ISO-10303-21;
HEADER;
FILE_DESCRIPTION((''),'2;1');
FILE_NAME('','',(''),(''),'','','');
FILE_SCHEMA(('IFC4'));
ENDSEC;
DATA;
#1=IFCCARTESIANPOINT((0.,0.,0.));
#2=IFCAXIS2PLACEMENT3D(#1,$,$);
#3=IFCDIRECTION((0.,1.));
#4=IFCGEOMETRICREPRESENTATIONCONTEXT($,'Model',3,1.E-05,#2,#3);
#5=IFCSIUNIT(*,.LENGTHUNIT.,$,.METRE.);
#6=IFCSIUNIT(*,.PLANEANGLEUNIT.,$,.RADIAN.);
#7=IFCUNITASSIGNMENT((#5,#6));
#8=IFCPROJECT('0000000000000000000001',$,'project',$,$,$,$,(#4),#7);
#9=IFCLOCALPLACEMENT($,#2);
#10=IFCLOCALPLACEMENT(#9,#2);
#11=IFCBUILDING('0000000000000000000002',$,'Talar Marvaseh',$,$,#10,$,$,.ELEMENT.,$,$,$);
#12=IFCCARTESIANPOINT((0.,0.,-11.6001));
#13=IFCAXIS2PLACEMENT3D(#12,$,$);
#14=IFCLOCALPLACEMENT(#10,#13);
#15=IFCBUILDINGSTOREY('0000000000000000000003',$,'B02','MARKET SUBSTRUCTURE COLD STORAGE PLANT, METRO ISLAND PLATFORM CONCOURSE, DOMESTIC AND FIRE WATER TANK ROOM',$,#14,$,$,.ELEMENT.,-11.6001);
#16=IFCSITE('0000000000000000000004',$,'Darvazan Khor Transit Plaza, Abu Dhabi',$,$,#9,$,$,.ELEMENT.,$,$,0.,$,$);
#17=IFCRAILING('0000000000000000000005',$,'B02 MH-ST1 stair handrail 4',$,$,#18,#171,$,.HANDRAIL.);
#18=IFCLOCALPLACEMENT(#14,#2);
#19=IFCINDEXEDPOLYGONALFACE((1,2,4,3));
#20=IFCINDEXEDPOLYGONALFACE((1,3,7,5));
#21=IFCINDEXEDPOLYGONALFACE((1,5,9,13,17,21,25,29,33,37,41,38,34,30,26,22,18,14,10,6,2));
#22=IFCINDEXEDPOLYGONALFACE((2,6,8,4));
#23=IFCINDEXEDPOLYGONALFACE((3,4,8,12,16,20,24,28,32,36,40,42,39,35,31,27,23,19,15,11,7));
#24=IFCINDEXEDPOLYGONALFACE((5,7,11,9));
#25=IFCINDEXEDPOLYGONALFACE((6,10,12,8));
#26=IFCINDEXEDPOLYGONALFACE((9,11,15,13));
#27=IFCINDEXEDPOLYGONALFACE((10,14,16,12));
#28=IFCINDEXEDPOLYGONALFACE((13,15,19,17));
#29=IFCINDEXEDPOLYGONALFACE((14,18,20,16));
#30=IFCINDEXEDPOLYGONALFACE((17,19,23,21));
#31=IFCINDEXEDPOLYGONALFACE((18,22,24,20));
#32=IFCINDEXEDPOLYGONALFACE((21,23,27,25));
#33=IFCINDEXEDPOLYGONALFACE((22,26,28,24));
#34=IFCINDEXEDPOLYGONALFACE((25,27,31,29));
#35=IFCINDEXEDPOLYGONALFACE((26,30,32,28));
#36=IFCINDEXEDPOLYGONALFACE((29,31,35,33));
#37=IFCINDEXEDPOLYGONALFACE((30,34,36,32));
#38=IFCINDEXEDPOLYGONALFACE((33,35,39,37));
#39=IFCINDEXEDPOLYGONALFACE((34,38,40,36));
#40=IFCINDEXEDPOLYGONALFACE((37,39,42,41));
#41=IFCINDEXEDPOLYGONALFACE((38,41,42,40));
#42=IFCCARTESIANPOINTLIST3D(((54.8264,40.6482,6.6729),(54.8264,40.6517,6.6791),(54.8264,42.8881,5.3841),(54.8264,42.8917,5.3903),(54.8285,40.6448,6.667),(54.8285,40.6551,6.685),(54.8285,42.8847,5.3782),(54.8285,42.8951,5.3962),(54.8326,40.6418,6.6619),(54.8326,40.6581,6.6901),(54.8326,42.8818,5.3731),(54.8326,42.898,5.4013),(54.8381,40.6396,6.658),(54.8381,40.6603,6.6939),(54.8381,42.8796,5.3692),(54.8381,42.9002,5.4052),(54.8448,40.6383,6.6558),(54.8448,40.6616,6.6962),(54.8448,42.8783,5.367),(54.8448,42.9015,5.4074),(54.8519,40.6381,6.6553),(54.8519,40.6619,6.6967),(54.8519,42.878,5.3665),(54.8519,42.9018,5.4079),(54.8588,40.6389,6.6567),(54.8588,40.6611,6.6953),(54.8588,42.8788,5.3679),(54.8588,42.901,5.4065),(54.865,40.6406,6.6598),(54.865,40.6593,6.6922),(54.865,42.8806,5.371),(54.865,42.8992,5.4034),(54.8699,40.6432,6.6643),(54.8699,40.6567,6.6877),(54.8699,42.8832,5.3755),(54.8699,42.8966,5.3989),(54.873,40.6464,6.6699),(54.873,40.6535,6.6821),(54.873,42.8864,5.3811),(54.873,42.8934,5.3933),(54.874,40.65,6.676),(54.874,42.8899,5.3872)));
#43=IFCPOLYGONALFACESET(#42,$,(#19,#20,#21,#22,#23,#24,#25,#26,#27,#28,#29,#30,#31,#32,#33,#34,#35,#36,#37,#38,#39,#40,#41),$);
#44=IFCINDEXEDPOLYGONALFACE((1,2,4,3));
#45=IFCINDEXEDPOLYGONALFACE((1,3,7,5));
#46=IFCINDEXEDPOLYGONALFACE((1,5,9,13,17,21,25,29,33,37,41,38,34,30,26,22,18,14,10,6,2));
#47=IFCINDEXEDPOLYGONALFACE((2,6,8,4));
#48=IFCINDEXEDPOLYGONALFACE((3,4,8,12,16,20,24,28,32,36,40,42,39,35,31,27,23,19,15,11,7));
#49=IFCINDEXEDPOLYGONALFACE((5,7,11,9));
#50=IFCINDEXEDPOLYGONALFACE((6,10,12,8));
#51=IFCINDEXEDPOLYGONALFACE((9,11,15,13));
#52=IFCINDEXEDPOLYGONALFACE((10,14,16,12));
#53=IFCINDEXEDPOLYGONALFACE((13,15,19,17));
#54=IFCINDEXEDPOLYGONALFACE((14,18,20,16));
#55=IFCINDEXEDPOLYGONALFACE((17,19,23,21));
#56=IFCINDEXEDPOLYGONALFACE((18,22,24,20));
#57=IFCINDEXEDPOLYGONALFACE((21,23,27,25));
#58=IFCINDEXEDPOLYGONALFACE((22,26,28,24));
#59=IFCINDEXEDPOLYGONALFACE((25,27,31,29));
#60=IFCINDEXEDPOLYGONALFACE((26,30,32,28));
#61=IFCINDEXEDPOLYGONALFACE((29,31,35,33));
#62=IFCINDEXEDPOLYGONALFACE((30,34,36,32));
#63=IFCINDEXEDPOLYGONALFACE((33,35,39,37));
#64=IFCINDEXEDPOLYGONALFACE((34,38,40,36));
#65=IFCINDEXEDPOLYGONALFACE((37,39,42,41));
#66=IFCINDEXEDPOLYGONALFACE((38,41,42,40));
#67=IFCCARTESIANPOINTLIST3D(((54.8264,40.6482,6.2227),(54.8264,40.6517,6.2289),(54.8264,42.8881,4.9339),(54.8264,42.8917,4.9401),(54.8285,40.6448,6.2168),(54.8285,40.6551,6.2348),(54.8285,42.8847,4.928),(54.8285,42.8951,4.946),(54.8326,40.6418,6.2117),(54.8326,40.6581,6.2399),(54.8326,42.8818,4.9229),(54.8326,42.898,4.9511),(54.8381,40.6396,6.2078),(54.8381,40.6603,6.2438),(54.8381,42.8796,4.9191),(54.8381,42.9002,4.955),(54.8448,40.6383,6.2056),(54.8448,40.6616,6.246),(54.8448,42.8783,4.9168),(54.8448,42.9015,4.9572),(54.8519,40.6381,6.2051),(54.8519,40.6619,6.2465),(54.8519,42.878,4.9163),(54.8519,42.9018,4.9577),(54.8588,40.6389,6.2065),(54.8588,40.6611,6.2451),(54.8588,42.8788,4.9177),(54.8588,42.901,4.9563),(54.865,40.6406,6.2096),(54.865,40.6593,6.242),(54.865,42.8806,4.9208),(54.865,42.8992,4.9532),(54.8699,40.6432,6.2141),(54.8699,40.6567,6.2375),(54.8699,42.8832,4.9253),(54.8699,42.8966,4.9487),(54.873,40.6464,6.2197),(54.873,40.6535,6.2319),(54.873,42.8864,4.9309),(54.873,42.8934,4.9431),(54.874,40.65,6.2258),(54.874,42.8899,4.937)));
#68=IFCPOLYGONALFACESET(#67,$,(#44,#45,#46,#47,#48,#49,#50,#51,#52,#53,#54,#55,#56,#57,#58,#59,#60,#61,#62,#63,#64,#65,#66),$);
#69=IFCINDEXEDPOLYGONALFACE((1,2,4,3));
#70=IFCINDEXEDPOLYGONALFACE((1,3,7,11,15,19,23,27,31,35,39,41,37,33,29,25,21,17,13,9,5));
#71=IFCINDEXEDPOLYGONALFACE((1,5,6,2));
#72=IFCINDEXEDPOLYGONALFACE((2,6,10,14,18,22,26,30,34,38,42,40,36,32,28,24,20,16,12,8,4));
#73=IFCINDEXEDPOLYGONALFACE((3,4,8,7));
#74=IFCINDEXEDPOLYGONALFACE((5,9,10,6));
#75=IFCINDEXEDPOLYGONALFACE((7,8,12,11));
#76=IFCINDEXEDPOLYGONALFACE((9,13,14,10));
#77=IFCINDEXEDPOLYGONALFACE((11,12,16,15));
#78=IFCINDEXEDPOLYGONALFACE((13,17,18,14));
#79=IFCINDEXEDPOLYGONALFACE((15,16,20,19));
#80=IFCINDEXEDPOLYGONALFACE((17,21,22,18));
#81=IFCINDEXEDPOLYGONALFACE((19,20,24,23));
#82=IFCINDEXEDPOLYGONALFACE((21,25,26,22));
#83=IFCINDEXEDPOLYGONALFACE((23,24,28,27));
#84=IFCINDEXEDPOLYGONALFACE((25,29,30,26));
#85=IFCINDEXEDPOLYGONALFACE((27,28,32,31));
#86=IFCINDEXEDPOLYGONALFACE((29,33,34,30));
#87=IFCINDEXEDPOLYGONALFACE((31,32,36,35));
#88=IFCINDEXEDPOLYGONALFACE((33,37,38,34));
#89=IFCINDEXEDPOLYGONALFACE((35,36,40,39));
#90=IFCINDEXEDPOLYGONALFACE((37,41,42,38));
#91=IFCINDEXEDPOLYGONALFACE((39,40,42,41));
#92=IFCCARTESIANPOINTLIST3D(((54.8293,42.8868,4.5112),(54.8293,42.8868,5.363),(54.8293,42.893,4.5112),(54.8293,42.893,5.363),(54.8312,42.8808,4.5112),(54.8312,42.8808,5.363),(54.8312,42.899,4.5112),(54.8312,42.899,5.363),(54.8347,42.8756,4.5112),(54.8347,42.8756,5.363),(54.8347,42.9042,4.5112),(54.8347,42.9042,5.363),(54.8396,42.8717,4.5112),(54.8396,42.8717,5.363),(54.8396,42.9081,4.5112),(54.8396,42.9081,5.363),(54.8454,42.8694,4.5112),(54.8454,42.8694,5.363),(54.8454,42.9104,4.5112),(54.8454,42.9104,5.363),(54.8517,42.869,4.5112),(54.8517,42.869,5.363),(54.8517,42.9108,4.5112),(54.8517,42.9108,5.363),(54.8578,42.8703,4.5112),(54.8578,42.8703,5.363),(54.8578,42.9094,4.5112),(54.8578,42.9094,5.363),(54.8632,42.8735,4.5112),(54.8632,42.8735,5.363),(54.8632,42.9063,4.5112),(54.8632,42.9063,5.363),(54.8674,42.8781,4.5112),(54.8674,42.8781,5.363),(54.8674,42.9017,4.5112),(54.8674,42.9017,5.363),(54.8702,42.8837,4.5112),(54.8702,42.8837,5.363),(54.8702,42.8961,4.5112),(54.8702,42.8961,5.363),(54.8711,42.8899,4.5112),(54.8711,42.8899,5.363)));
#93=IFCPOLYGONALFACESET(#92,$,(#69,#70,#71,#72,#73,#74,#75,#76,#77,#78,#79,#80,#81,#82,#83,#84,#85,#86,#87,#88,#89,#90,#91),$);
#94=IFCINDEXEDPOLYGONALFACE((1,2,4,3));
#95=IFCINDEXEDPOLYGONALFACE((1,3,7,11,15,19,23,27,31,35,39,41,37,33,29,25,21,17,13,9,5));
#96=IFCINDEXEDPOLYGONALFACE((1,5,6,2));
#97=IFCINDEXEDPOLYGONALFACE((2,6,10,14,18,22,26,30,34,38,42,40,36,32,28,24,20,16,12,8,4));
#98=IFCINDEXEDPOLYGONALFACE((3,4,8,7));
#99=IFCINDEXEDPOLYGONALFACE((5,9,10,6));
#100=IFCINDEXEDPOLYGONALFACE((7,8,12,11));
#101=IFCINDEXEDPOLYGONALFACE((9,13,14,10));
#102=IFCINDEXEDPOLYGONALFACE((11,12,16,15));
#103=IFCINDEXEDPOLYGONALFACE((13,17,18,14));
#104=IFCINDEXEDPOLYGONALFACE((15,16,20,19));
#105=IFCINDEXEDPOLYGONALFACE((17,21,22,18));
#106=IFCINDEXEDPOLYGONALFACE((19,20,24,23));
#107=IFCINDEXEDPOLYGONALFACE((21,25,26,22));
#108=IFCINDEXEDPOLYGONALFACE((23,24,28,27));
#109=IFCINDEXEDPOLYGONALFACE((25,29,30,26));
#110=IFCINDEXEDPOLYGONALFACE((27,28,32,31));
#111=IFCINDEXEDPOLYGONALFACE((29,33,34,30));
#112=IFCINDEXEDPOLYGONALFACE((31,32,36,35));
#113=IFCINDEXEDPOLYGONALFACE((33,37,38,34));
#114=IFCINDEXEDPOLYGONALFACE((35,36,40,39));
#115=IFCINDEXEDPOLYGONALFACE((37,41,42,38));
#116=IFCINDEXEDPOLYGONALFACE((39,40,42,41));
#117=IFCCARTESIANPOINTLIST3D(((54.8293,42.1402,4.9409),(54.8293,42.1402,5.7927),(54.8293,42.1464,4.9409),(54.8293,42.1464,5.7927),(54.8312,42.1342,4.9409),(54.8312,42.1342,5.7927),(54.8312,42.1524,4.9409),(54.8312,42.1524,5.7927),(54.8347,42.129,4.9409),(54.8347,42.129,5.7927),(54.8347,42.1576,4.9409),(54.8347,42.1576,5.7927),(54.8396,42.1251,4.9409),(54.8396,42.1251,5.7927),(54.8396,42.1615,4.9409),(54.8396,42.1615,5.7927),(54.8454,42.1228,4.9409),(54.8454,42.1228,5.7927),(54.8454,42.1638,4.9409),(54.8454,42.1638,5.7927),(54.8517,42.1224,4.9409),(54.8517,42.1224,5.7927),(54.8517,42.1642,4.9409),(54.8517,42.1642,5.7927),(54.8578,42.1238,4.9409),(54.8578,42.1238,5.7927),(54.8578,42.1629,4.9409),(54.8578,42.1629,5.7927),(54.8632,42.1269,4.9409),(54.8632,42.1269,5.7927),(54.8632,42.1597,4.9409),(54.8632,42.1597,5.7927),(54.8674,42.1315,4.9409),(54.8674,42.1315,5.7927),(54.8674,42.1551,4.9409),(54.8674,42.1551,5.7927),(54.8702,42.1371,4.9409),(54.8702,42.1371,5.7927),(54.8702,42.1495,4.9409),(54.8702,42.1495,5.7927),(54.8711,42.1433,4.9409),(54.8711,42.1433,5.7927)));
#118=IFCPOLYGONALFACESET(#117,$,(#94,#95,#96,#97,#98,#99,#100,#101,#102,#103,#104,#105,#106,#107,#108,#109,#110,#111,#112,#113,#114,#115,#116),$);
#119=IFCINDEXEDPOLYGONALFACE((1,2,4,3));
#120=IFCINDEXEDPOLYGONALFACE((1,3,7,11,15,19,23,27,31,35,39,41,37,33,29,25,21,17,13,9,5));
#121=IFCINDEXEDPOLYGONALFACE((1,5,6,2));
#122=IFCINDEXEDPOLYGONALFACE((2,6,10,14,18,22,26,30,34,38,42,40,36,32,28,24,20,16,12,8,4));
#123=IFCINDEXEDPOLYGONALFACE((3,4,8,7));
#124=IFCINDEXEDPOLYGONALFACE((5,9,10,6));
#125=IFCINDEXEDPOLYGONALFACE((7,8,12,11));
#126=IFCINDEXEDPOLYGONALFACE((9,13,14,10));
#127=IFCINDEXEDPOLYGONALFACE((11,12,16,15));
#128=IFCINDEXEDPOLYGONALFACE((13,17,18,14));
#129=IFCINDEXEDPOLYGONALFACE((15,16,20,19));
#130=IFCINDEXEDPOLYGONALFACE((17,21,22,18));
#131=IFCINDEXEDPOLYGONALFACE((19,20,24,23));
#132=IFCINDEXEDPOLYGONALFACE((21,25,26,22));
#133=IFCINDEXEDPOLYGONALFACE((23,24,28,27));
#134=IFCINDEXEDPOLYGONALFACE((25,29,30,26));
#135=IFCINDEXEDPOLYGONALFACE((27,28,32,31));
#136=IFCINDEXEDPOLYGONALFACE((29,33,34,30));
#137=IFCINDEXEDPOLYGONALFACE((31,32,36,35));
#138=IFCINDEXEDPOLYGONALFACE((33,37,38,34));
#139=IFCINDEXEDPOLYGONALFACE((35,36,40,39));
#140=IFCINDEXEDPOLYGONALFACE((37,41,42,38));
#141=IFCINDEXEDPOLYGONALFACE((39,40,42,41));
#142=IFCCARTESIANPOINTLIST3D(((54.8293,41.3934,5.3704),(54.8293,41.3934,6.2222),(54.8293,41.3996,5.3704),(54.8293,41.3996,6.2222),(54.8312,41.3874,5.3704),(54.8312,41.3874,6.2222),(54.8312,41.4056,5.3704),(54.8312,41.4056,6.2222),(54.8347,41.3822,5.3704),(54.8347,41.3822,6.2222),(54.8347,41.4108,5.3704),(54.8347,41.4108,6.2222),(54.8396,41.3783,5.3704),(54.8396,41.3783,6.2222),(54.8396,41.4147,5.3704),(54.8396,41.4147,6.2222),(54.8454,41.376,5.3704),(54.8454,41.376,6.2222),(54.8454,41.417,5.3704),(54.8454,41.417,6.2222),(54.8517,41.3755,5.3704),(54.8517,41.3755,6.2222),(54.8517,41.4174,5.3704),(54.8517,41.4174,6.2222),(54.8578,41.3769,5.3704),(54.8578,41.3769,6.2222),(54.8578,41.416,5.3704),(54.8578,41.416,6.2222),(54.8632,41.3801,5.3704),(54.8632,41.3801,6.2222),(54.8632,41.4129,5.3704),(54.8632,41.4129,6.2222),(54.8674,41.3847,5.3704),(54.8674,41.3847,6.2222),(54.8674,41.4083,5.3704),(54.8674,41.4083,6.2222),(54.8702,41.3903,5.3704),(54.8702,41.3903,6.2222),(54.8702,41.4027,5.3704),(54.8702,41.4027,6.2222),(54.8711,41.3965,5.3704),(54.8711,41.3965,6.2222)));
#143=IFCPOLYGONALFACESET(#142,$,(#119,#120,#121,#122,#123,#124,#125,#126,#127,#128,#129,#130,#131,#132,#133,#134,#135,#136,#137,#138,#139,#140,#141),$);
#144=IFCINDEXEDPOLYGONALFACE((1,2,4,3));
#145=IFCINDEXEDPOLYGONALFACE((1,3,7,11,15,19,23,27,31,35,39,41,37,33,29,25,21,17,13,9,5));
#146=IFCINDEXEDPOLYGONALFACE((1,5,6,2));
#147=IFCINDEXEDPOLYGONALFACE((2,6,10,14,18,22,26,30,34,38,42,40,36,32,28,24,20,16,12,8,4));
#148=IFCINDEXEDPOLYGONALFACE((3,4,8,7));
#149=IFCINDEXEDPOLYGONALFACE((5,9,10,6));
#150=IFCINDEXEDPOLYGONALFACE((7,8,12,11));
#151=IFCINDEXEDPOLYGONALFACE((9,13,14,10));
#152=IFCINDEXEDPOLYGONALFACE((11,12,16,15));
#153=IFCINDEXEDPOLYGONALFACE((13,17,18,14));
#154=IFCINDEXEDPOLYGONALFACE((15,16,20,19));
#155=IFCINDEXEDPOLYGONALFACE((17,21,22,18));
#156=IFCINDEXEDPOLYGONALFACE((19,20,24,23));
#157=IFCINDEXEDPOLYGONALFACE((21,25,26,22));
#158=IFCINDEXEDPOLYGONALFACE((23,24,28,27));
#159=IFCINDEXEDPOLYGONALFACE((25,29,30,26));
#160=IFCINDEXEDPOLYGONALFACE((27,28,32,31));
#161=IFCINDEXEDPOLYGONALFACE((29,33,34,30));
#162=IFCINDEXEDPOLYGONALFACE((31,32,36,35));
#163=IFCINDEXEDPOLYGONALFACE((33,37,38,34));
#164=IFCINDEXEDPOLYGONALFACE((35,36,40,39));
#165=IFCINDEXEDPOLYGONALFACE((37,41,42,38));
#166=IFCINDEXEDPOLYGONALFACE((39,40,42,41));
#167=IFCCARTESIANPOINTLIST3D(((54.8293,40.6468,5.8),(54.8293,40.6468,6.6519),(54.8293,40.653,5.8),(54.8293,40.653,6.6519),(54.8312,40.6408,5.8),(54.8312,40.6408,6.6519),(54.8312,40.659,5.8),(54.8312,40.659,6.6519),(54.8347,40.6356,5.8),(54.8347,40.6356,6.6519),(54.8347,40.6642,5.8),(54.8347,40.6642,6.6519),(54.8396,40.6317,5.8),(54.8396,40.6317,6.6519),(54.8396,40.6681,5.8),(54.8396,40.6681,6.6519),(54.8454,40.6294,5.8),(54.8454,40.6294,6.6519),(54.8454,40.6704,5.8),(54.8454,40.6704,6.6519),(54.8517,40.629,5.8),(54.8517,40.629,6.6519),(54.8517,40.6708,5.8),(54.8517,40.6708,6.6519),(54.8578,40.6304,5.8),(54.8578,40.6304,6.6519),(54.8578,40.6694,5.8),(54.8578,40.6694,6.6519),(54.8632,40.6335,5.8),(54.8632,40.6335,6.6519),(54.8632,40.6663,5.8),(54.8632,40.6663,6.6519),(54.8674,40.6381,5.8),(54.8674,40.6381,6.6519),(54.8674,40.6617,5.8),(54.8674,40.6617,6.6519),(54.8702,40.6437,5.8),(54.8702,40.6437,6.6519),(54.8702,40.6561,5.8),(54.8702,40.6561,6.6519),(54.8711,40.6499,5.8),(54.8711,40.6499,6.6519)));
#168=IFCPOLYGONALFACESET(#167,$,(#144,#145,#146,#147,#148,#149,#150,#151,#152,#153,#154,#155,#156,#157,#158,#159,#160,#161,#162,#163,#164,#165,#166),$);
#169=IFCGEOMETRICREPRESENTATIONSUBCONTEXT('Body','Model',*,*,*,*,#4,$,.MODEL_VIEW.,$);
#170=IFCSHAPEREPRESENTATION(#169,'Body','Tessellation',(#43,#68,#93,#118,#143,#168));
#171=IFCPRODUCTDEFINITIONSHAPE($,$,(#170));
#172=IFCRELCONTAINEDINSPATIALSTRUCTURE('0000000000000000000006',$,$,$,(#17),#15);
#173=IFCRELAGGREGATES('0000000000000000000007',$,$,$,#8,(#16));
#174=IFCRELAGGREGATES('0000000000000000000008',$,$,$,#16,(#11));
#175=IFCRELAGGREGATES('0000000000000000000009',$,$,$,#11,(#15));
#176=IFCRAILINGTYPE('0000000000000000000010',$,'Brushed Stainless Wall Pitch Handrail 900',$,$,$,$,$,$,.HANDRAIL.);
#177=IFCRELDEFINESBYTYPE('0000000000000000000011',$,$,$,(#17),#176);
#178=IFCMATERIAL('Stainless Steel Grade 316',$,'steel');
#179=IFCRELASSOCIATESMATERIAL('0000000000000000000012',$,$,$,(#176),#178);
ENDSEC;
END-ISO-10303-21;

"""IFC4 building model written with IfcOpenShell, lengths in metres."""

from ifc_helpers import new_model, si_unit, direction, frame, origin, origin_2d, place, context, subcontext, project, spatial, circle, extrude, material, type_object, element, save


model = new_model("IFC4")

# Units and contexts
model_context = context("Model", 3, precision=1e-05, world=origin(), true_north=direction((0.0, 1.0)))
body_context = subcontext(model_context, "Body", "Model", "MODEL_VIEW")
ifc_project = project(units=[si_unit("LENGTHUNIT", "METRE"), si_unit("PLANEANGLEUNIT", "RADIAN")], contexts=[model_context])

# Site, building, storey
site_placement = place(None, origin())
site = spatial("IfcSite", under=ifc_project, at=site_placement, Name="Darvazan Khor Transit Plaza, Abu Dhabi", CompositionType="ELEMENT", RefElevation=0.0)
building_placement = place(site_placement, origin())
building = spatial("IfcBuilding", under=site, at=building_placement, Name="Talar Marvaseh", CompositionType="ELEMENT")
storey_placement = place(building_placement, frame((0.0, 0.0, -11.6001)))
storey = spatial("IfcBuildingStorey", under=building, at=storey_placement, Name="B02", Description="MARKET SUBSTRUCTURE COLD STORAGE PLANT, METRO ISLAND PLATFORM CONCOURSE, DOMESTIC AND FIRE WATER TANK ROOM", CompositionType="ELEMENT", Elevation=-11.6001)

# Railing
ifc_material_1 = material(Name="Stainless Steel Grade 316", Category="steel")
railing_type = type_object("IfcRailingType", Name="Brushed Stainless Wall Pitch Handrail 900", PredefinedType="HANDRAIL", material=ifc_material_1)
for number, where, name in (
    (1, (54.8501, 42.8899, 4.5112), "B02 MH-ST1 stair handrail 4"),
):
    element("IfcRailing", number, at=place(storey_placement, frame(where)), inside=storey, type_object=railing_type, Name=name, PredefinedType="HANDRAIL", context=body_context, shape_type="SweptSolid", body=[
        extrude(circle(Radius=0.0239, at=origin_2d()), frame((0.0, 0.0, 0.876), z_axis=(0.0, -0.866768, 0.498711), x_axis=(1.0, 0.0, 0.0)), (0.0, 0.0, 1.0), 2.5842),
        extrude(circle(Radius=0.0239, at=origin_2d()), frame((0.0, 0.0, 0.4258), z_axis=(0.0, -0.866768, 0.498711), x_axis=(1.0, 0.0, 0.0)), (0.0, 0.0, 1.0), 2.5842),
        extrude(circle(Radius=0.021, at=origin_2d()), origin(), (0.0, 0.0, 1.0), 0.8518),
        extrude(circle(Radius=0.021, at=origin_2d()), frame((0.0, -0.7466, 0.4297)), (0.0, 0.0, 1.0), 0.8518),
        extrude(circle(Radius=0.021, at=origin_2d()), frame((0.0, -1.4934, 0.8591)), (0.0, 0.0, 1.0), 0.8518),
        extrude(circle(Radius=0.021, at=origin_2d()), frame((0.0, -2.24, 1.2888)), (0.0, 0.0, 1.0), 0.8518),
    ])

save(model, "model.ifc")
